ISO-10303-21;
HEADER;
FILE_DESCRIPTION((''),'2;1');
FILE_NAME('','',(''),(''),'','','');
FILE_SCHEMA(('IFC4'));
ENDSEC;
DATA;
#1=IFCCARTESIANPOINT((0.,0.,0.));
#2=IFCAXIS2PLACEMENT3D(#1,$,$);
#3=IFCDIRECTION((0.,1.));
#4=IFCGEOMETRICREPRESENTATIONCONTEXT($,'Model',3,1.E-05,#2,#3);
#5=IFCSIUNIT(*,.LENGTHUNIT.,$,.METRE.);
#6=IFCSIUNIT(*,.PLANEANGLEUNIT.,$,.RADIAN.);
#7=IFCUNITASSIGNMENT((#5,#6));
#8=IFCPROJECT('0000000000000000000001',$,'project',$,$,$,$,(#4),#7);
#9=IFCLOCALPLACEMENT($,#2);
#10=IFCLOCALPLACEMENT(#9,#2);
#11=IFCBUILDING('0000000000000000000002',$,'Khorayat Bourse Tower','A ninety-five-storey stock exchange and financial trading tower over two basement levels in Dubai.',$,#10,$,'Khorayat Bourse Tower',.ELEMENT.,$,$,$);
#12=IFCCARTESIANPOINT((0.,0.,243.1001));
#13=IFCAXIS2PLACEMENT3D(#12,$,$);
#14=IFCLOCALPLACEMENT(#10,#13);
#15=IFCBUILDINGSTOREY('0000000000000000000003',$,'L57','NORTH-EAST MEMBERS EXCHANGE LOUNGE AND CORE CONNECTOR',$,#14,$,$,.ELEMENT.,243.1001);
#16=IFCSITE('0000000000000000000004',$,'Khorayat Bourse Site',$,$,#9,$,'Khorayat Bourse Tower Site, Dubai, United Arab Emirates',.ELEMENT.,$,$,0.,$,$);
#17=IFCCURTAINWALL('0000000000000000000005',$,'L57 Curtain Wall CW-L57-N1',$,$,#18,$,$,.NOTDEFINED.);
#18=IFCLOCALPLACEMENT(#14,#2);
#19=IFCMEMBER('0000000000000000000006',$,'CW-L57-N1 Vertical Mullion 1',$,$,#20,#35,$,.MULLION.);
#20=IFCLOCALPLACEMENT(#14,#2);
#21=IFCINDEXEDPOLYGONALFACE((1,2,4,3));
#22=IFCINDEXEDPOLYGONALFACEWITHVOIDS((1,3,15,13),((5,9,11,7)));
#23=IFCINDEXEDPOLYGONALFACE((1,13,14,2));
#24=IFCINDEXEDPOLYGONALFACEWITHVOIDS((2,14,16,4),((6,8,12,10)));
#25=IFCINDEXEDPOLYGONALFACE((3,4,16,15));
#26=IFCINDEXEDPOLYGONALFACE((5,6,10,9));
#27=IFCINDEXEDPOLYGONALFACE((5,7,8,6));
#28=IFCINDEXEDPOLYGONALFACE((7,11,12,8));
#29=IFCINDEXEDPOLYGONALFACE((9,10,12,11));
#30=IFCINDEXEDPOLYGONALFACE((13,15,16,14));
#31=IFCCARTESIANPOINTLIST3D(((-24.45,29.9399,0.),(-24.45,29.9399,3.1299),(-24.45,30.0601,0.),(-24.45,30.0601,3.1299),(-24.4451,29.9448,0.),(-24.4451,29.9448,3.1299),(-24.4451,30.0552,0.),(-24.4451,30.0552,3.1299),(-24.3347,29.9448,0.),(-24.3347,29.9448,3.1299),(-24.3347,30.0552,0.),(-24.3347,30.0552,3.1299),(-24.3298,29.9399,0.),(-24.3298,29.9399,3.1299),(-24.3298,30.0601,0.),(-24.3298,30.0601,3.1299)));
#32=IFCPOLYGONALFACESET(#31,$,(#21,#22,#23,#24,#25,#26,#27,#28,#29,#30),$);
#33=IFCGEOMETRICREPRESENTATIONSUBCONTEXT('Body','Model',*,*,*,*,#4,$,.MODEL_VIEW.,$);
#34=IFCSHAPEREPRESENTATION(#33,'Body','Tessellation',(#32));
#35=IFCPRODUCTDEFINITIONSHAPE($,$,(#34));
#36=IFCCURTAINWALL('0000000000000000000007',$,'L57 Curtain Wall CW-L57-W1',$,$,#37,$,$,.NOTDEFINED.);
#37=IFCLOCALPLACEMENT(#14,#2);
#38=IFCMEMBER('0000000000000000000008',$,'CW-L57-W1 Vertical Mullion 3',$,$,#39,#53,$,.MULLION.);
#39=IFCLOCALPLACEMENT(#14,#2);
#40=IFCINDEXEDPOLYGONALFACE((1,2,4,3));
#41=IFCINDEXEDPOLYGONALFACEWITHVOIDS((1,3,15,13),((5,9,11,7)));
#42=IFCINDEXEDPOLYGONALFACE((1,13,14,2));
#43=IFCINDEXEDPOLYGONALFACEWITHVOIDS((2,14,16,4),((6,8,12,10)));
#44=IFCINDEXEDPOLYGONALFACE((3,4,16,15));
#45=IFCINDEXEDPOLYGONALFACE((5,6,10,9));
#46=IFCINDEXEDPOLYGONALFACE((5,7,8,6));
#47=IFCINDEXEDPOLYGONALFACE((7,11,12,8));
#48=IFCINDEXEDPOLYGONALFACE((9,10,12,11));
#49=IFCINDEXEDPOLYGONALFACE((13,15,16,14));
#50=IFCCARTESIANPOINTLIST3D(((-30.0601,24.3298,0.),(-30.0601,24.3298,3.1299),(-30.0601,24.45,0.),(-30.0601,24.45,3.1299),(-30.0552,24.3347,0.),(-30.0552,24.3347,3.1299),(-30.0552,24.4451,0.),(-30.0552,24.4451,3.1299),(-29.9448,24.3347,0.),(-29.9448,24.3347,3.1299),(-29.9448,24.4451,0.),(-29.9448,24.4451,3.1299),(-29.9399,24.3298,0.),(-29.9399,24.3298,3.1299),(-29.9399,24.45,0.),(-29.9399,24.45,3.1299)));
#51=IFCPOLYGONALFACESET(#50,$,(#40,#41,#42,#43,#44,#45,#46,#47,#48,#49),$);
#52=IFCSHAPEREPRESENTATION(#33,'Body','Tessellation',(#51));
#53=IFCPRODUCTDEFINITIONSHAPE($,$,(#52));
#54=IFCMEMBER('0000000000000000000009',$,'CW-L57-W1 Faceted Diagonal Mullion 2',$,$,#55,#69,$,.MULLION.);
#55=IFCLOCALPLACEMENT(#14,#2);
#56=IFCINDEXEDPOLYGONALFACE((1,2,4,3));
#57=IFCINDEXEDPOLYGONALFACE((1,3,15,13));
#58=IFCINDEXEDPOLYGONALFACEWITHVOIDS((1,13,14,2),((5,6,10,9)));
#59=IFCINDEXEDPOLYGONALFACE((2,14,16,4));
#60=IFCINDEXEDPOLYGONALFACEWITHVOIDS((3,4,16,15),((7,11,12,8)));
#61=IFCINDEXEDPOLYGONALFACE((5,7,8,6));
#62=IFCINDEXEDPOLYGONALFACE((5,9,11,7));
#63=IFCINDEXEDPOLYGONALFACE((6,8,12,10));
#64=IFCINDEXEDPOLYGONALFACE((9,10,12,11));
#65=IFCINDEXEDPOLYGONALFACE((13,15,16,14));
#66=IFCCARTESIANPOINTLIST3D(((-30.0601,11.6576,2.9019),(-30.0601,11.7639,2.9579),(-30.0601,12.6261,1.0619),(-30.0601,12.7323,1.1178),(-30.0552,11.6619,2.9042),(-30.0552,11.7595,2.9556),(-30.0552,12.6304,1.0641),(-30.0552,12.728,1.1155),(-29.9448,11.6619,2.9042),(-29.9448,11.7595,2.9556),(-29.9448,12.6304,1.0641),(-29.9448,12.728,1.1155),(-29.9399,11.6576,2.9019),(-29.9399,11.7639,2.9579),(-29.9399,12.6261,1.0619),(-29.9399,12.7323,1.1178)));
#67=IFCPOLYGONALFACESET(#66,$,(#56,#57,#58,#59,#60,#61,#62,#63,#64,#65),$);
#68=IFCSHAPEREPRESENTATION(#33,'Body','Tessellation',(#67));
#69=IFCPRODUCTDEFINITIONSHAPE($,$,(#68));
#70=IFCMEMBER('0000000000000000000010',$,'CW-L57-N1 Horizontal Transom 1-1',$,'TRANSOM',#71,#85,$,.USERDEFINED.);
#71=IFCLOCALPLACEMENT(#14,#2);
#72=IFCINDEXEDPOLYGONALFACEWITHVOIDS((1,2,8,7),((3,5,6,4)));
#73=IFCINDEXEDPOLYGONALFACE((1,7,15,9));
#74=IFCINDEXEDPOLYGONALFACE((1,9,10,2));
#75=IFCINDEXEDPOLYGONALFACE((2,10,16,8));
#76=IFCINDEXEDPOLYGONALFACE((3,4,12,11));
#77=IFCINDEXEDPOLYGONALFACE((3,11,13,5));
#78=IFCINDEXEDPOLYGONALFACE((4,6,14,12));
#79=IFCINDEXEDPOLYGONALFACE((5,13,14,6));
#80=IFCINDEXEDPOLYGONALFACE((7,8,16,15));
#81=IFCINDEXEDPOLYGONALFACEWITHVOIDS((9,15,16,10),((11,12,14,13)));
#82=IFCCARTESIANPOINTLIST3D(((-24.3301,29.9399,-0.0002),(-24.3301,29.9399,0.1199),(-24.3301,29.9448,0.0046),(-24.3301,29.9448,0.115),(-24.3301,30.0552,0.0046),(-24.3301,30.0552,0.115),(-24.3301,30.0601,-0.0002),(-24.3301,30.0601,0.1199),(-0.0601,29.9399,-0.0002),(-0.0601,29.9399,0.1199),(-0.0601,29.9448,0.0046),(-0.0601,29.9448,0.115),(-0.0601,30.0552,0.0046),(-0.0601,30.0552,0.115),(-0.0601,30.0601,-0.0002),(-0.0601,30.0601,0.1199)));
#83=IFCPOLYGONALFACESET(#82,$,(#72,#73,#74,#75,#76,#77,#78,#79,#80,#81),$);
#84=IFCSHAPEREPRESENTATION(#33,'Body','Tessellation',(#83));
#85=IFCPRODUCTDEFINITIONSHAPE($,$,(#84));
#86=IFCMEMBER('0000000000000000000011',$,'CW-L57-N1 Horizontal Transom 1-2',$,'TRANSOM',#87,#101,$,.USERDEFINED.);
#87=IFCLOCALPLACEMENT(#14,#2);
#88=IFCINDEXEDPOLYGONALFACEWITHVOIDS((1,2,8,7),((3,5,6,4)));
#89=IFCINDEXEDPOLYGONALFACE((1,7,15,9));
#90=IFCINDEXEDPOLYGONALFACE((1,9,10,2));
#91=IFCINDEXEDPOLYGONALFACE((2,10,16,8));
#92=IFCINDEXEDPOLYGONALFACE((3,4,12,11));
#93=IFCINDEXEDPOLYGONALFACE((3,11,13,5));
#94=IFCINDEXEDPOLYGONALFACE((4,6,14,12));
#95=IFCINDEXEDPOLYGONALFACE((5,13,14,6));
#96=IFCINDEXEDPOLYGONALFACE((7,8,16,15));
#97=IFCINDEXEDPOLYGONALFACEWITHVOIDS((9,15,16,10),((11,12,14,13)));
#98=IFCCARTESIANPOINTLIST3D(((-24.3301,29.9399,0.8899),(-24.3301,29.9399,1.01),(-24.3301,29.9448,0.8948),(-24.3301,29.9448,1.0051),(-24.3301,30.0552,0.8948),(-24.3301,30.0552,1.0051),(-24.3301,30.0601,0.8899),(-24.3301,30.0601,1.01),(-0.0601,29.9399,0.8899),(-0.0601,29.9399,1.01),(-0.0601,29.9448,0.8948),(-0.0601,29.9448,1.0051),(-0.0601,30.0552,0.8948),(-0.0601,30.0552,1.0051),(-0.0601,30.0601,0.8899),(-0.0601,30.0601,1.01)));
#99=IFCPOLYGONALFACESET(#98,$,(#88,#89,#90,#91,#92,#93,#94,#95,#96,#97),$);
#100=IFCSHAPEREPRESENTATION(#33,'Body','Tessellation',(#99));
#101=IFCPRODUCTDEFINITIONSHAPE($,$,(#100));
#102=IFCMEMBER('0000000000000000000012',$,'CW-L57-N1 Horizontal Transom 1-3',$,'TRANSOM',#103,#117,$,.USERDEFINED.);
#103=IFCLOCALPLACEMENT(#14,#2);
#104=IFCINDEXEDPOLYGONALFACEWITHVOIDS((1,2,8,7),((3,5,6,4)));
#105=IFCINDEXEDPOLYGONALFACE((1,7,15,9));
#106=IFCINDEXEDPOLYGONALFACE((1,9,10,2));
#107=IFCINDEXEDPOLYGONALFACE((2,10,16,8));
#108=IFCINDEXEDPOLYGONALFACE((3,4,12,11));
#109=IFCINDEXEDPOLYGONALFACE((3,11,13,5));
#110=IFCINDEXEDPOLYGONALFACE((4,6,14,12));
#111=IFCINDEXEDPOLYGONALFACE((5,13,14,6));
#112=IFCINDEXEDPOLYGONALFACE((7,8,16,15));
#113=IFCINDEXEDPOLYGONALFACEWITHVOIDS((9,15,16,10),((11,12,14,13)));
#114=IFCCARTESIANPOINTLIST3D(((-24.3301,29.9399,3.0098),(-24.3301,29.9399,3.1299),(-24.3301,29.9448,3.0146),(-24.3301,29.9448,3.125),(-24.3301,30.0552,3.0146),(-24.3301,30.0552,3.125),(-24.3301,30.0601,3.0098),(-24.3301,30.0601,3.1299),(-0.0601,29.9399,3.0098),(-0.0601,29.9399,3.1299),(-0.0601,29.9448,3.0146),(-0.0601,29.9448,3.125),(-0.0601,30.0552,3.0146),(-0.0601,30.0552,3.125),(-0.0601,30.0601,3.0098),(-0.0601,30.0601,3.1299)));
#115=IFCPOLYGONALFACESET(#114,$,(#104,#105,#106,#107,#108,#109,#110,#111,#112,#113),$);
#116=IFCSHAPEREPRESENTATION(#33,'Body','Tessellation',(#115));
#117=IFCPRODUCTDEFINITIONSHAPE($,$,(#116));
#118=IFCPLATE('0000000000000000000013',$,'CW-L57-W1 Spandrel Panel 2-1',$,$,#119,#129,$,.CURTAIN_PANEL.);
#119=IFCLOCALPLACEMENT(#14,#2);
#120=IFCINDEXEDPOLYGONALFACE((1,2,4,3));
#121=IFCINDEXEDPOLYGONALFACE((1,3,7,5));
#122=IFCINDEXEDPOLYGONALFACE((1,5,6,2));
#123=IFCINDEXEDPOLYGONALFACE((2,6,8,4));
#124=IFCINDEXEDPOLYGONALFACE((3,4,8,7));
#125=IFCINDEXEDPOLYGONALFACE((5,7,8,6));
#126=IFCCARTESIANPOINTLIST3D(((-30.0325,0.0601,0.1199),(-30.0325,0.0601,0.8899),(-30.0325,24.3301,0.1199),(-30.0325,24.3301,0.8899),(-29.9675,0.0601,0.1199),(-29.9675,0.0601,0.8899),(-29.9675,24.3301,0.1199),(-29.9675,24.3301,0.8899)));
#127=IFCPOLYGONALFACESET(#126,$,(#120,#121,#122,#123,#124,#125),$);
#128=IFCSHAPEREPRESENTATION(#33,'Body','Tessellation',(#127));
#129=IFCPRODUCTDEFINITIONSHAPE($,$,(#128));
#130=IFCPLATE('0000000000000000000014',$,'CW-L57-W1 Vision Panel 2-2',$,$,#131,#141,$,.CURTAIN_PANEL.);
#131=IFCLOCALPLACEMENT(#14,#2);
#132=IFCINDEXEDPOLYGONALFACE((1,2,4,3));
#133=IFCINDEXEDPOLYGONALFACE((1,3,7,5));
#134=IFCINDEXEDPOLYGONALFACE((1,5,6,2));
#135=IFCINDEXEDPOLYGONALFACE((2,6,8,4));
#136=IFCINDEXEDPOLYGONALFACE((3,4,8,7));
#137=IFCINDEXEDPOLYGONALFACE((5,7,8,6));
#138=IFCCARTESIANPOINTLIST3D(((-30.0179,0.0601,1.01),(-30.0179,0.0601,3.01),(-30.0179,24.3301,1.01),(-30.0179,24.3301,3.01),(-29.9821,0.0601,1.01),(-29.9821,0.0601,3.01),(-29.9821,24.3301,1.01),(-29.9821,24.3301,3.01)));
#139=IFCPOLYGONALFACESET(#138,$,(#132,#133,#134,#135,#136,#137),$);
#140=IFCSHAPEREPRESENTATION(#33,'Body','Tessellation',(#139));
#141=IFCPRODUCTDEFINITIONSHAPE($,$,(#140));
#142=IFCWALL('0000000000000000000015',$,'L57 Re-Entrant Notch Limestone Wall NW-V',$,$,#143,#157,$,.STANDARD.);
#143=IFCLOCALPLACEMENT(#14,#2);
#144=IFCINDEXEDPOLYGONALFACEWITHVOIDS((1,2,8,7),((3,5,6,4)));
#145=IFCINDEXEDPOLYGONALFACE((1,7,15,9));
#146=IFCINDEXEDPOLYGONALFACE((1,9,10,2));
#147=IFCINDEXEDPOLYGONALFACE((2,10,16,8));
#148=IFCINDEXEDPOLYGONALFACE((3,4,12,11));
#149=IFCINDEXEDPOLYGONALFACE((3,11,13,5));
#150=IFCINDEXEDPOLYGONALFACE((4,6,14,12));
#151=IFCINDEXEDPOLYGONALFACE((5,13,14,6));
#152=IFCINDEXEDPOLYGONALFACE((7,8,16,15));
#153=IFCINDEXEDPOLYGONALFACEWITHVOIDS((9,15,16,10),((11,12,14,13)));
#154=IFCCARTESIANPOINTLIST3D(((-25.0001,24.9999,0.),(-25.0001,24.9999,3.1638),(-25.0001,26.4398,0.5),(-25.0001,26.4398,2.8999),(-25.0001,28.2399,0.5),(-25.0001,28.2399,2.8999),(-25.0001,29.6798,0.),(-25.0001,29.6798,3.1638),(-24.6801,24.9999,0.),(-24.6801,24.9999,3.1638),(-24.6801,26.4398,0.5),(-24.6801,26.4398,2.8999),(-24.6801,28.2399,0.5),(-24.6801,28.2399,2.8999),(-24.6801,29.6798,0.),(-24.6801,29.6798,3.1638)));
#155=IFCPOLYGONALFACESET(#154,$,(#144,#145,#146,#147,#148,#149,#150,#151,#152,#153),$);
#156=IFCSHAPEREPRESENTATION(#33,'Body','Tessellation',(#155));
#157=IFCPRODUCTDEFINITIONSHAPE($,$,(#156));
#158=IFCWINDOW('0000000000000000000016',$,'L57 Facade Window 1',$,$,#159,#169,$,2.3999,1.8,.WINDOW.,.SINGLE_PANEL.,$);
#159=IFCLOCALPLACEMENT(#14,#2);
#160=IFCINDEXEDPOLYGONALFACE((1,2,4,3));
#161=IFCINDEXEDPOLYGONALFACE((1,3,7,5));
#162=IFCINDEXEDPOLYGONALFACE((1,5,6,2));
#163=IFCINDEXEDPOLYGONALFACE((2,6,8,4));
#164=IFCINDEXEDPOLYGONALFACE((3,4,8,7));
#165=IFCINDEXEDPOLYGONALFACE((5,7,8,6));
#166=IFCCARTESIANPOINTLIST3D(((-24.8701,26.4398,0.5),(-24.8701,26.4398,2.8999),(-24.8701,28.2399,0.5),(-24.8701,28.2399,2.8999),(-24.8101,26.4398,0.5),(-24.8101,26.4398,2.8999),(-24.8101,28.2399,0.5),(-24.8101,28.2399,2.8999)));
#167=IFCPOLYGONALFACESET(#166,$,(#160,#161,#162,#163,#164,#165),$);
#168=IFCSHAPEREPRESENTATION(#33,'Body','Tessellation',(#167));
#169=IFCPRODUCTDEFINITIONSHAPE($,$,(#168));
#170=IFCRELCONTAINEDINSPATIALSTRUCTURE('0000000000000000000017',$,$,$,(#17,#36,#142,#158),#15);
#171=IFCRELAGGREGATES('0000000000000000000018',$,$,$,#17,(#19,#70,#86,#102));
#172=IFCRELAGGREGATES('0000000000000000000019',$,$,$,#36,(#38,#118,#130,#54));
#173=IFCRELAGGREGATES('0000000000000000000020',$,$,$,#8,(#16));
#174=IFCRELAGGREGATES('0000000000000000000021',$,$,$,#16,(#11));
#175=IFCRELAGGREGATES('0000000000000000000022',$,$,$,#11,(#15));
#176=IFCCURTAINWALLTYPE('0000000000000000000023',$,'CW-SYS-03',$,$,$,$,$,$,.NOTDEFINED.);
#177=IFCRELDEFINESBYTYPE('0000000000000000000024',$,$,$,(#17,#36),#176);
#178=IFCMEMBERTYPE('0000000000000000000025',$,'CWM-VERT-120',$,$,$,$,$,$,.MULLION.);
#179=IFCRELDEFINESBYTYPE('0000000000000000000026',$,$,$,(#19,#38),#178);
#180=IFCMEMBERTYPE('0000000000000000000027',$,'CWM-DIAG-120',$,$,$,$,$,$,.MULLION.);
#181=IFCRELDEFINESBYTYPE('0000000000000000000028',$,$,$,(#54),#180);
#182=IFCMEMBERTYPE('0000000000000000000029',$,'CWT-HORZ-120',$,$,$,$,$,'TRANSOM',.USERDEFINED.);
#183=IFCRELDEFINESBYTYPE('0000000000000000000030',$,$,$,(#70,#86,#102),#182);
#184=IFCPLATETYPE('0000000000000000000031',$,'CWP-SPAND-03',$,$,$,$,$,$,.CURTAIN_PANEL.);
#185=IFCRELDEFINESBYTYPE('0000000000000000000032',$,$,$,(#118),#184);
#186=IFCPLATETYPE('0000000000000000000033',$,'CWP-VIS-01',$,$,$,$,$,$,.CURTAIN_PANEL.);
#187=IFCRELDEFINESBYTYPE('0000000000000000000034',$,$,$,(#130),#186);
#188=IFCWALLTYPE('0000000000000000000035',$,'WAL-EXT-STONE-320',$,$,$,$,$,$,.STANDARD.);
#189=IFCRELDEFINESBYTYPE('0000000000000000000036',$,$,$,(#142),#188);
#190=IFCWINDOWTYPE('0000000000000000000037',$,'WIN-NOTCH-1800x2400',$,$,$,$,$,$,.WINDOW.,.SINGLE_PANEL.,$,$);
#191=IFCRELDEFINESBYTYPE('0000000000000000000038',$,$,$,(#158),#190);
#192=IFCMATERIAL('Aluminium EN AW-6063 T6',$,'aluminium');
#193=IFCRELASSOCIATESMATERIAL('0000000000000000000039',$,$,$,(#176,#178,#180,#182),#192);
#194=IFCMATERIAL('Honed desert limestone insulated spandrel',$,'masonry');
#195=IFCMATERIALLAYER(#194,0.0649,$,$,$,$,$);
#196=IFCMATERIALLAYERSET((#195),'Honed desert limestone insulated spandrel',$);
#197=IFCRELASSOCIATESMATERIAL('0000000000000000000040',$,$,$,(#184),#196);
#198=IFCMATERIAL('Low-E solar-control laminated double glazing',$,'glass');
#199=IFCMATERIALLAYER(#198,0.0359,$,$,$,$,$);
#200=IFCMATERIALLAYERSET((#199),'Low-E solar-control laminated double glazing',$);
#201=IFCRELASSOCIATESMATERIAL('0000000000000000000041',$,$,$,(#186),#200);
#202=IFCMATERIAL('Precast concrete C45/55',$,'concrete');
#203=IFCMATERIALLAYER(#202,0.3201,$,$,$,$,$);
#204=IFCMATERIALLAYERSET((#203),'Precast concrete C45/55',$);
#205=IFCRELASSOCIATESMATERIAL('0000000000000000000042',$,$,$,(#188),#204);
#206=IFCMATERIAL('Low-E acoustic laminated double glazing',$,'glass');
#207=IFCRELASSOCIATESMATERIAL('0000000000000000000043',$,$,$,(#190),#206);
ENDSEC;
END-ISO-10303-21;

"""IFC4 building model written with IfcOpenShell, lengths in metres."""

from ifc_helpers import new_model, si_unit, direction, frame, frame_2d, origin, origin_2d, place, context, subcontext, project, spatial, rectangle, hollow_rectangle, extrude, source, transform, mapped, material, layer, layer_set, material_profile, profile_set, type_object, element, fill, aggregate, save


model = new_model("IFC4")

# Units and contexts
model_context = context("Model", 3, precision=1e-05, world=origin(), true_north=direction((0.0, 1.0)))
body_context = subcontext(model_context, "Body", "Model", "MODEL_VIEW")
ifc_project = project(units=[si_unit("LENGTHUNIT", "METRE"), si_unit("PLANEANGLEUNIT", "RADIAN")], contexts=[model_context])

# Site, building, storey
site_placement = place(None, origin())
site = spatial("IfcSite", under=ifc_project, at=site_placement, Name="Khorayat Bourse Site", LongName="Khorayat Bourse Tower Site, Dubai, United Arab Emirates", CompositionType="ELEMENT", RefElevation=0.0)
building_placement = place(site_placement, origin())
building = spatial("IfcBuilding", under=site, at=building_placement, Name="Khorayat Bourse Tower", Description="A ninety-five-storey stock exchange and financial trading tower over two basement levels in Dubai.", LongName="Khorayat Bourse Tower", CompositionType="ELEMENT")
storey_placement = place(building_placement, frame((0.0, 0.0, 243.1001)))
storey = spatial("IfcBuildingStorey", under=building, at=storey_placement, Name="L57", Description="NORTH-EAST MEMBERS EXCHANGE LOUNGE AND CORE CONNECTOR", CompositionType="ELEMENT", Elevation=243.1001)

# Curtain wall, member
ifc_material_1 = material(Name="Aluminium EN AW-6063 T6", Category="aluminium")
curtain_wall_type = type_object("IfcCurtainWallType", Name="CW-SYS-03", PredefinedType="NOTDEFINED", material=ifc_material_1)
curtain_wall_1_placement = place(storey_placement, origin())
curtain_wall_1 = element("IfcCurtainWall", 1, at=curtain_wall_1_placement, inside=storey, type_object=curtain_wall_type, Name="L57 Curtain Wall CW-L57-N1", PredefinedType="NOTDEFINED")
ifc_material_profile_1 = material_profile(ifc_material_1, hollow_rectangle(XDim=0.1201, YDim=0.1201, WallThickness=0.0049, at=origin_2d()), Name="ALU 120x120x5")
ifc_profile_set_1 = profile_set([ifc_material_profile_1], Name="Aluminium EN AW-6063 T6")
member_type_1 = type_object("IfcMemberType", Name="CWM-VERT-120", PredefinedType="MULLION", material=ifc_profile_set_1)
shared_shape_1 = source(origin(), body_context, "Body", "SweptSolid", [
    extrude(hollow_rectangle(XDim=0.1201, YDim=0.1201, WallThickness=0.0049, at=origin_2d()), origin(), (0.0, 0.0, 1.0), 3.1299),
])
member_1_placement = place(storey_placement, frame((-24.3899, 30.0, 0.0), z_axis=(0.0, 0.0, 1.0), x_axis=(0.0, 1.0, 0.0)))
member_1 = element("IfcMember", 2, at=member_1_placement, type_object=member_type_1, Name="CW-L57-N1 Vertical Mullion 1", PredefinedType="MULLION", context=body_context, shape_type="MappedRepresentation", body=[
    mapped(shared_shape_1, transform((0.0, 0.0, 0.0), scale=1.0)),
])

# Curtain wall, members
curtain_wall_2_placement = place(storey_placement, origin())
curtain_wall_2 = element("IfcCurtainWall", 3, at=curtain_wall_2_placement, inside=storey, type_object=curtain_wall_type, Name="L57 Curtain Wall CW-L57-W1", PredefinedType="NOTDEFINED")
member_2_placement = place(storey_placement, frame((-30.0, 24.3899, 0.0), z_axis=(0.0, 0.0, 1.0), x_axis=(-1.0, 0.0, 0.0)))
member_2 = element("IfcMember", 4, at=member_2_placement, type_object=member_type_1, Name="CW-L57-W1 Vertical Mullion 3", PredefinedType="MULLION", context=body_context, shape_type="MappedRepresentation", body=[
    mapped(shared_shape_1, transform((0.0, 0.0, 0.0), scale=1.0)),
])
ifc_material_profile_2 = material_profile(ifc_material_1, hollow_rectangle(XDim=0.1201, YDim=0.1201, WallThickness=0.0049, at=origin_2d()), Name="ALU 120x120x5")
ifc_profile_set_2 = profile_set([ifc_material_profile_2], Name="Aluminium EN AW-6063 T6")
member_type_2 = type_object("IfcMemberType", Name="CWM-DIAG-120", PredefinedType="MULLION", material=ifc_profile_set_2)
shared_shape_2 = source(origin(), body_context, "Body", "SweptSolid", [
    extrude(hollow_rectangle(XDim=0.1201, YDim=0.1201, WallThickness=0.0049, at=origin_2d()), origin(), (0.0, 0.0, 1.0), 2.0793),
])
member_3_placement = place(storey_placement, frame((-30.0, 12.6792, 1.0898), z_axis=(0.0, -0.465761, 0.884911), x_axis=(1.0, 0.0, 0.0)))
member_3 = element("IfcMember", 5, at=member_3_placement, type_object=member_type_2, Name="CW-L57-W1 Faceted Diagonal Mullion 2", PredefinedType="MULLION", context=body_context, shape_type="MappedRepresentation", body=[
    mapped(shared_shape_2, transform((0.0, 0.0, 0.0), scale=1.0)),
])

# Members
ifc_material_profile_3 = material_profile(ifc_material_1, hollow_rectangle(XDim=0.1201, YDim=0.1201, WallThickness=0.0049, at=origin_2d()), Name="ALU 120x120x5")
ifc_profile_set_3 = profile_set([ifc_material_profile_3], Name="Aluminium EN AW-6063 T6")
member_type_3 = type_object("IfcMemberType", Name="CWT-HORZ-120", ElementType="TRANSOM", PredefinedType="USERDEFINED", material=ifc_profile_set_3)
shared_shape_3 = source(origin(), body_context, "Body", "SweptSolid", [
    extrude(hollow_rectangle(XDim=0.1201, YDim=0.1201, WallThickness=0.0049, at=origin_2d()), origin(), (0.0, 0.0, 1.0), 24.27),
])
member_4_placement = place(storey_placement, frame((-24.3301, 30.0, 0.0598), z_axis=(1.0, 0.0, 0.0), x_axis=(0.0, 1.0, 0.0)))
member_4 = element("IfcMember", 6, at=member_4_placement, type_object=member_type_3, Name="CW-L57-N1 Horizontal Transom 1-1", ObjectType="TRANSOM", PredefinedType="USERDEFINED", context=body_context, shape_type="MappedRepresentation", body=[
    mapped(shared_shape_3, transform((0.0, 0.0, 0.0), scale=1.0)),
])
member_5_placement = place(storey_placement, frame((-24.3301, 30.0, 0.95), z_axis=(1.0, 0.0, 0.0), x_axis=(0.0, 1.0, 0.0)))
member_5 = element("IfcMember", 7, at=member_5_placement, type_object=member_type_3, Name="CW-L57-N1 Horizontal Transom 1-2", ObjectType="TRANSOM", PredefinedType="USERDEFINED", context=body_context, shape_type="MappedRepresentation", body=[
    mapped(shared_shape_3, transform((0.0, 0.0, 0.0), scale=1.0)),
])
member_6_placement = place(storey_placement, frame((-24.3301, 30.0, 3.0698), z_axis=(1.0, 0.0, 0.0), x_axis=(0.0, 1.0, 0.0)))
member_6 = element("IfcMember", 8, at=member_6_placement, type_object=member_type_3, Name="CW-L57-N1 Horizontal Transom 1-3", ObjectType="TRANSOM", PredefinedType="USERDEFINED", context=body_context, shape_type="MappedRepresentation", body=[
    mapped(shared_shape_3, transform((0.0, 0.0, 0.0), scale=1.0)),
])
aggregate(curtain_wall_1, [member_1, member_4, member_5, member_6])

# Plates
ifc_material_2 = material(Name="Honed desert limestone insulated spandrel", Category="masonry")
ifc_layer_1 = layer(ifc_material_2, 0.0649)
ifc_layer_set_1 = layer_set([ifc_layer_1], Name="Honed desert limestone insulated spandrel")
plate_type_1 = type_object("IfcPlateType", Name="CWP-SPAND-03", PredefinedType="CURTAIN_PANEL", material=ifc_layer_set_1)
shared_shape_4 = source(origin(), body_context, "Body", "SweptSolid", [
    extrude(rectangle(XDim=24.27, YDim=0.0649, at=origin_2d()), origin(), (0.0, 0.0, 1.0), 0.77),
])
plate_1_placement = place(storey_placement, frame((-30.0, 12.1951, 0.1199), z_axis=(0.0, 0.0, 1.0), x_axis=(0.0, 1.0, 0.0)))
plate_1 = element("IfcPlate", 9, at=plate_1_placement, type_object=plate_type_1, Name="CW-L57-W1 Spandrel Panel 2-1", PredefinedType="CURTAIN_PANEL", context=body_context, shape_type="MappedRepresentation", body=[
    mapped(shared_shape_4, transform((0.0, 0.0, 0.0), scale=1.0)),
])
ifc_material_3 = material(Name="Low-E solar-control laminated double glazing", Category="glass")
ifc_layer_2 = layer(ifc_material_3, 0.0359)
ifc_layer_set_2 = layer_set([ifc_layer_2], Name="Low-E solar-control laminated double glazing")
plate_type_2 = type_object("IfcPlateType", Name="CWP-VIS-01", PredefinedType="CURTAIN_PANEL", material=ifc_layer_set_2)
shared_shape_5 = source(origin(), body_context, "Body", "SweptSolid", [
    extrude(rectangle(XDim=24.27, YDim=0.0359, at=origin_2d()), origin(), (0.0, 0.0, 1.0), 2.0),
])
plate_2_placement = place(storey_placement, frame((-30.0, 12.1951, 1.01), z_axis=(0.0, 0.0, 1.0), x_axis=(0.0, 1.0, 0.0)))
plate_2 = element("IfcPlate", 10, at=plate_2_placement, type_object=plate_type_2, Name="CW-L57-W1 Vision Panel 2-2", PredefinedType="CURTAIN_PANEL", context=body_context, shape_type="MappedRepresentation", body=[
    mapped(shared_shape_5, transform((0.0, 0.0, 0.0), scale=1.0)),
])
aggregate(curtain_wall_2, [member_2, plate_1, plate_2, member_3])

# Wall, opening, window
ifc_material_4 = material(Name="Precast concrete C45/55", Category="concrete")
ifc_layer_3 = layer(ifc_material_4, 0.3201)
ifc_layer_set_3 = layer_set([ifc_layer_3], Name="Precast concrete C45/55")
wall_type_1 = type_object("IfcWallType", Name="WAL-EXT-STONE-320", PredefinedType="STANDARD", material=ifc_layer_set_3)
shared_shape_6 = source(origin(), body_context, "Body", "SweptSolid", [
    extrude(rectangle(XDim=4.6799, YDim=0.3201, at=frame_2d((2.3398, 0.0))), origin(), (0.0, 0.0, 1.0), 3.1638),
])
wall_1_placement = place(storey_placement, frame((-24.8401, 25.0, 0.0), z_axis=(0.0, 0.0, 1.0), x_axis=(0.0, 1.0, 0.0)))
wall_1 = element("IfcWall", 11, at=wall_1_placement, inside=storey, type_object=wall_type_1, Name="L57 Re-Entrant Notch Limestone Wall NW-V", PredefinedType="STANDARD", context=body_context, shape_type="MappedRepresentation", body=[
    mapped(shared_shape_6, transform((0.0, 0.0, 0.0), scale=1.0)),
])
shared_shape_7 = source(origin(), body_context, "Body", "SweptSolid", [
    extrude(rectangle(XDim=1.8, YDim=2.3999, at=frame_2d((0.8999, 1.2))), frame((0.0, 0.1699, 0.0), z_axis=(0.0, -1.0, 0.0), x_axis=(1.0, 0.0, 0.0)), (0.0, 0.0, 1.0), 0.3401),
])
opening_1_placement = place(wall_1_placement, frame((1.4399, 0.0, 0.5)))
opening_1 = element("IfcOpeningElement", 12, at=opening_1_placement, cuts=wall_1, PredefinedType="OPENING", context=body_context, shape_type="MappedRepresentation", body=[
    mapped(shared_shape_7, transform((0.0, 0.0, 0.0), scale=1.0)),
])
ifc_material_5 = material(Name="Low-E acoustic laminated double glazing", Category="glass")
window_type = type_object("IfcWindowType", Name="WIN-NOTCH-1800x2400", PartitioningType="SINGLE_PANEL", PredefinedType="WINDOW", material=ifc_material_5)
shared_shape_8 = source(origin(), body_context, "Body", "SweptSolid", [
    extrude(rectangle(XDim=1.8, YDim=2.3999, at=frame_2d((0.8999, 1.2))), frame((0.0, 0.03, 0.0), z_axis=(0.0, -1.0, 0.0), x_axis=(1.0, 0.0, 0.0)), (0.0, 0.0, 1.0), 0.0601),
])
window_1_placement = place(opening_1_placement, origin())
window_1 = element("IfcWindow", 13, at=window_1_placement, inside=storey, type_object=window_type, Name="L57 Facade Window 1", OverallHeight=2.3999, OverallWidth=1.8, PartitioningType="SINGLE_PANEL", PredefinedType="WINDOW", context=body_context, shape_type="MappedRepresentation", body=[
    mapped(shared_shape_8, transform((0.0, 0.0, 0.0), scale=1.0)),
])
fill(opening_1, window_1)

save(model, "model.ifc")
